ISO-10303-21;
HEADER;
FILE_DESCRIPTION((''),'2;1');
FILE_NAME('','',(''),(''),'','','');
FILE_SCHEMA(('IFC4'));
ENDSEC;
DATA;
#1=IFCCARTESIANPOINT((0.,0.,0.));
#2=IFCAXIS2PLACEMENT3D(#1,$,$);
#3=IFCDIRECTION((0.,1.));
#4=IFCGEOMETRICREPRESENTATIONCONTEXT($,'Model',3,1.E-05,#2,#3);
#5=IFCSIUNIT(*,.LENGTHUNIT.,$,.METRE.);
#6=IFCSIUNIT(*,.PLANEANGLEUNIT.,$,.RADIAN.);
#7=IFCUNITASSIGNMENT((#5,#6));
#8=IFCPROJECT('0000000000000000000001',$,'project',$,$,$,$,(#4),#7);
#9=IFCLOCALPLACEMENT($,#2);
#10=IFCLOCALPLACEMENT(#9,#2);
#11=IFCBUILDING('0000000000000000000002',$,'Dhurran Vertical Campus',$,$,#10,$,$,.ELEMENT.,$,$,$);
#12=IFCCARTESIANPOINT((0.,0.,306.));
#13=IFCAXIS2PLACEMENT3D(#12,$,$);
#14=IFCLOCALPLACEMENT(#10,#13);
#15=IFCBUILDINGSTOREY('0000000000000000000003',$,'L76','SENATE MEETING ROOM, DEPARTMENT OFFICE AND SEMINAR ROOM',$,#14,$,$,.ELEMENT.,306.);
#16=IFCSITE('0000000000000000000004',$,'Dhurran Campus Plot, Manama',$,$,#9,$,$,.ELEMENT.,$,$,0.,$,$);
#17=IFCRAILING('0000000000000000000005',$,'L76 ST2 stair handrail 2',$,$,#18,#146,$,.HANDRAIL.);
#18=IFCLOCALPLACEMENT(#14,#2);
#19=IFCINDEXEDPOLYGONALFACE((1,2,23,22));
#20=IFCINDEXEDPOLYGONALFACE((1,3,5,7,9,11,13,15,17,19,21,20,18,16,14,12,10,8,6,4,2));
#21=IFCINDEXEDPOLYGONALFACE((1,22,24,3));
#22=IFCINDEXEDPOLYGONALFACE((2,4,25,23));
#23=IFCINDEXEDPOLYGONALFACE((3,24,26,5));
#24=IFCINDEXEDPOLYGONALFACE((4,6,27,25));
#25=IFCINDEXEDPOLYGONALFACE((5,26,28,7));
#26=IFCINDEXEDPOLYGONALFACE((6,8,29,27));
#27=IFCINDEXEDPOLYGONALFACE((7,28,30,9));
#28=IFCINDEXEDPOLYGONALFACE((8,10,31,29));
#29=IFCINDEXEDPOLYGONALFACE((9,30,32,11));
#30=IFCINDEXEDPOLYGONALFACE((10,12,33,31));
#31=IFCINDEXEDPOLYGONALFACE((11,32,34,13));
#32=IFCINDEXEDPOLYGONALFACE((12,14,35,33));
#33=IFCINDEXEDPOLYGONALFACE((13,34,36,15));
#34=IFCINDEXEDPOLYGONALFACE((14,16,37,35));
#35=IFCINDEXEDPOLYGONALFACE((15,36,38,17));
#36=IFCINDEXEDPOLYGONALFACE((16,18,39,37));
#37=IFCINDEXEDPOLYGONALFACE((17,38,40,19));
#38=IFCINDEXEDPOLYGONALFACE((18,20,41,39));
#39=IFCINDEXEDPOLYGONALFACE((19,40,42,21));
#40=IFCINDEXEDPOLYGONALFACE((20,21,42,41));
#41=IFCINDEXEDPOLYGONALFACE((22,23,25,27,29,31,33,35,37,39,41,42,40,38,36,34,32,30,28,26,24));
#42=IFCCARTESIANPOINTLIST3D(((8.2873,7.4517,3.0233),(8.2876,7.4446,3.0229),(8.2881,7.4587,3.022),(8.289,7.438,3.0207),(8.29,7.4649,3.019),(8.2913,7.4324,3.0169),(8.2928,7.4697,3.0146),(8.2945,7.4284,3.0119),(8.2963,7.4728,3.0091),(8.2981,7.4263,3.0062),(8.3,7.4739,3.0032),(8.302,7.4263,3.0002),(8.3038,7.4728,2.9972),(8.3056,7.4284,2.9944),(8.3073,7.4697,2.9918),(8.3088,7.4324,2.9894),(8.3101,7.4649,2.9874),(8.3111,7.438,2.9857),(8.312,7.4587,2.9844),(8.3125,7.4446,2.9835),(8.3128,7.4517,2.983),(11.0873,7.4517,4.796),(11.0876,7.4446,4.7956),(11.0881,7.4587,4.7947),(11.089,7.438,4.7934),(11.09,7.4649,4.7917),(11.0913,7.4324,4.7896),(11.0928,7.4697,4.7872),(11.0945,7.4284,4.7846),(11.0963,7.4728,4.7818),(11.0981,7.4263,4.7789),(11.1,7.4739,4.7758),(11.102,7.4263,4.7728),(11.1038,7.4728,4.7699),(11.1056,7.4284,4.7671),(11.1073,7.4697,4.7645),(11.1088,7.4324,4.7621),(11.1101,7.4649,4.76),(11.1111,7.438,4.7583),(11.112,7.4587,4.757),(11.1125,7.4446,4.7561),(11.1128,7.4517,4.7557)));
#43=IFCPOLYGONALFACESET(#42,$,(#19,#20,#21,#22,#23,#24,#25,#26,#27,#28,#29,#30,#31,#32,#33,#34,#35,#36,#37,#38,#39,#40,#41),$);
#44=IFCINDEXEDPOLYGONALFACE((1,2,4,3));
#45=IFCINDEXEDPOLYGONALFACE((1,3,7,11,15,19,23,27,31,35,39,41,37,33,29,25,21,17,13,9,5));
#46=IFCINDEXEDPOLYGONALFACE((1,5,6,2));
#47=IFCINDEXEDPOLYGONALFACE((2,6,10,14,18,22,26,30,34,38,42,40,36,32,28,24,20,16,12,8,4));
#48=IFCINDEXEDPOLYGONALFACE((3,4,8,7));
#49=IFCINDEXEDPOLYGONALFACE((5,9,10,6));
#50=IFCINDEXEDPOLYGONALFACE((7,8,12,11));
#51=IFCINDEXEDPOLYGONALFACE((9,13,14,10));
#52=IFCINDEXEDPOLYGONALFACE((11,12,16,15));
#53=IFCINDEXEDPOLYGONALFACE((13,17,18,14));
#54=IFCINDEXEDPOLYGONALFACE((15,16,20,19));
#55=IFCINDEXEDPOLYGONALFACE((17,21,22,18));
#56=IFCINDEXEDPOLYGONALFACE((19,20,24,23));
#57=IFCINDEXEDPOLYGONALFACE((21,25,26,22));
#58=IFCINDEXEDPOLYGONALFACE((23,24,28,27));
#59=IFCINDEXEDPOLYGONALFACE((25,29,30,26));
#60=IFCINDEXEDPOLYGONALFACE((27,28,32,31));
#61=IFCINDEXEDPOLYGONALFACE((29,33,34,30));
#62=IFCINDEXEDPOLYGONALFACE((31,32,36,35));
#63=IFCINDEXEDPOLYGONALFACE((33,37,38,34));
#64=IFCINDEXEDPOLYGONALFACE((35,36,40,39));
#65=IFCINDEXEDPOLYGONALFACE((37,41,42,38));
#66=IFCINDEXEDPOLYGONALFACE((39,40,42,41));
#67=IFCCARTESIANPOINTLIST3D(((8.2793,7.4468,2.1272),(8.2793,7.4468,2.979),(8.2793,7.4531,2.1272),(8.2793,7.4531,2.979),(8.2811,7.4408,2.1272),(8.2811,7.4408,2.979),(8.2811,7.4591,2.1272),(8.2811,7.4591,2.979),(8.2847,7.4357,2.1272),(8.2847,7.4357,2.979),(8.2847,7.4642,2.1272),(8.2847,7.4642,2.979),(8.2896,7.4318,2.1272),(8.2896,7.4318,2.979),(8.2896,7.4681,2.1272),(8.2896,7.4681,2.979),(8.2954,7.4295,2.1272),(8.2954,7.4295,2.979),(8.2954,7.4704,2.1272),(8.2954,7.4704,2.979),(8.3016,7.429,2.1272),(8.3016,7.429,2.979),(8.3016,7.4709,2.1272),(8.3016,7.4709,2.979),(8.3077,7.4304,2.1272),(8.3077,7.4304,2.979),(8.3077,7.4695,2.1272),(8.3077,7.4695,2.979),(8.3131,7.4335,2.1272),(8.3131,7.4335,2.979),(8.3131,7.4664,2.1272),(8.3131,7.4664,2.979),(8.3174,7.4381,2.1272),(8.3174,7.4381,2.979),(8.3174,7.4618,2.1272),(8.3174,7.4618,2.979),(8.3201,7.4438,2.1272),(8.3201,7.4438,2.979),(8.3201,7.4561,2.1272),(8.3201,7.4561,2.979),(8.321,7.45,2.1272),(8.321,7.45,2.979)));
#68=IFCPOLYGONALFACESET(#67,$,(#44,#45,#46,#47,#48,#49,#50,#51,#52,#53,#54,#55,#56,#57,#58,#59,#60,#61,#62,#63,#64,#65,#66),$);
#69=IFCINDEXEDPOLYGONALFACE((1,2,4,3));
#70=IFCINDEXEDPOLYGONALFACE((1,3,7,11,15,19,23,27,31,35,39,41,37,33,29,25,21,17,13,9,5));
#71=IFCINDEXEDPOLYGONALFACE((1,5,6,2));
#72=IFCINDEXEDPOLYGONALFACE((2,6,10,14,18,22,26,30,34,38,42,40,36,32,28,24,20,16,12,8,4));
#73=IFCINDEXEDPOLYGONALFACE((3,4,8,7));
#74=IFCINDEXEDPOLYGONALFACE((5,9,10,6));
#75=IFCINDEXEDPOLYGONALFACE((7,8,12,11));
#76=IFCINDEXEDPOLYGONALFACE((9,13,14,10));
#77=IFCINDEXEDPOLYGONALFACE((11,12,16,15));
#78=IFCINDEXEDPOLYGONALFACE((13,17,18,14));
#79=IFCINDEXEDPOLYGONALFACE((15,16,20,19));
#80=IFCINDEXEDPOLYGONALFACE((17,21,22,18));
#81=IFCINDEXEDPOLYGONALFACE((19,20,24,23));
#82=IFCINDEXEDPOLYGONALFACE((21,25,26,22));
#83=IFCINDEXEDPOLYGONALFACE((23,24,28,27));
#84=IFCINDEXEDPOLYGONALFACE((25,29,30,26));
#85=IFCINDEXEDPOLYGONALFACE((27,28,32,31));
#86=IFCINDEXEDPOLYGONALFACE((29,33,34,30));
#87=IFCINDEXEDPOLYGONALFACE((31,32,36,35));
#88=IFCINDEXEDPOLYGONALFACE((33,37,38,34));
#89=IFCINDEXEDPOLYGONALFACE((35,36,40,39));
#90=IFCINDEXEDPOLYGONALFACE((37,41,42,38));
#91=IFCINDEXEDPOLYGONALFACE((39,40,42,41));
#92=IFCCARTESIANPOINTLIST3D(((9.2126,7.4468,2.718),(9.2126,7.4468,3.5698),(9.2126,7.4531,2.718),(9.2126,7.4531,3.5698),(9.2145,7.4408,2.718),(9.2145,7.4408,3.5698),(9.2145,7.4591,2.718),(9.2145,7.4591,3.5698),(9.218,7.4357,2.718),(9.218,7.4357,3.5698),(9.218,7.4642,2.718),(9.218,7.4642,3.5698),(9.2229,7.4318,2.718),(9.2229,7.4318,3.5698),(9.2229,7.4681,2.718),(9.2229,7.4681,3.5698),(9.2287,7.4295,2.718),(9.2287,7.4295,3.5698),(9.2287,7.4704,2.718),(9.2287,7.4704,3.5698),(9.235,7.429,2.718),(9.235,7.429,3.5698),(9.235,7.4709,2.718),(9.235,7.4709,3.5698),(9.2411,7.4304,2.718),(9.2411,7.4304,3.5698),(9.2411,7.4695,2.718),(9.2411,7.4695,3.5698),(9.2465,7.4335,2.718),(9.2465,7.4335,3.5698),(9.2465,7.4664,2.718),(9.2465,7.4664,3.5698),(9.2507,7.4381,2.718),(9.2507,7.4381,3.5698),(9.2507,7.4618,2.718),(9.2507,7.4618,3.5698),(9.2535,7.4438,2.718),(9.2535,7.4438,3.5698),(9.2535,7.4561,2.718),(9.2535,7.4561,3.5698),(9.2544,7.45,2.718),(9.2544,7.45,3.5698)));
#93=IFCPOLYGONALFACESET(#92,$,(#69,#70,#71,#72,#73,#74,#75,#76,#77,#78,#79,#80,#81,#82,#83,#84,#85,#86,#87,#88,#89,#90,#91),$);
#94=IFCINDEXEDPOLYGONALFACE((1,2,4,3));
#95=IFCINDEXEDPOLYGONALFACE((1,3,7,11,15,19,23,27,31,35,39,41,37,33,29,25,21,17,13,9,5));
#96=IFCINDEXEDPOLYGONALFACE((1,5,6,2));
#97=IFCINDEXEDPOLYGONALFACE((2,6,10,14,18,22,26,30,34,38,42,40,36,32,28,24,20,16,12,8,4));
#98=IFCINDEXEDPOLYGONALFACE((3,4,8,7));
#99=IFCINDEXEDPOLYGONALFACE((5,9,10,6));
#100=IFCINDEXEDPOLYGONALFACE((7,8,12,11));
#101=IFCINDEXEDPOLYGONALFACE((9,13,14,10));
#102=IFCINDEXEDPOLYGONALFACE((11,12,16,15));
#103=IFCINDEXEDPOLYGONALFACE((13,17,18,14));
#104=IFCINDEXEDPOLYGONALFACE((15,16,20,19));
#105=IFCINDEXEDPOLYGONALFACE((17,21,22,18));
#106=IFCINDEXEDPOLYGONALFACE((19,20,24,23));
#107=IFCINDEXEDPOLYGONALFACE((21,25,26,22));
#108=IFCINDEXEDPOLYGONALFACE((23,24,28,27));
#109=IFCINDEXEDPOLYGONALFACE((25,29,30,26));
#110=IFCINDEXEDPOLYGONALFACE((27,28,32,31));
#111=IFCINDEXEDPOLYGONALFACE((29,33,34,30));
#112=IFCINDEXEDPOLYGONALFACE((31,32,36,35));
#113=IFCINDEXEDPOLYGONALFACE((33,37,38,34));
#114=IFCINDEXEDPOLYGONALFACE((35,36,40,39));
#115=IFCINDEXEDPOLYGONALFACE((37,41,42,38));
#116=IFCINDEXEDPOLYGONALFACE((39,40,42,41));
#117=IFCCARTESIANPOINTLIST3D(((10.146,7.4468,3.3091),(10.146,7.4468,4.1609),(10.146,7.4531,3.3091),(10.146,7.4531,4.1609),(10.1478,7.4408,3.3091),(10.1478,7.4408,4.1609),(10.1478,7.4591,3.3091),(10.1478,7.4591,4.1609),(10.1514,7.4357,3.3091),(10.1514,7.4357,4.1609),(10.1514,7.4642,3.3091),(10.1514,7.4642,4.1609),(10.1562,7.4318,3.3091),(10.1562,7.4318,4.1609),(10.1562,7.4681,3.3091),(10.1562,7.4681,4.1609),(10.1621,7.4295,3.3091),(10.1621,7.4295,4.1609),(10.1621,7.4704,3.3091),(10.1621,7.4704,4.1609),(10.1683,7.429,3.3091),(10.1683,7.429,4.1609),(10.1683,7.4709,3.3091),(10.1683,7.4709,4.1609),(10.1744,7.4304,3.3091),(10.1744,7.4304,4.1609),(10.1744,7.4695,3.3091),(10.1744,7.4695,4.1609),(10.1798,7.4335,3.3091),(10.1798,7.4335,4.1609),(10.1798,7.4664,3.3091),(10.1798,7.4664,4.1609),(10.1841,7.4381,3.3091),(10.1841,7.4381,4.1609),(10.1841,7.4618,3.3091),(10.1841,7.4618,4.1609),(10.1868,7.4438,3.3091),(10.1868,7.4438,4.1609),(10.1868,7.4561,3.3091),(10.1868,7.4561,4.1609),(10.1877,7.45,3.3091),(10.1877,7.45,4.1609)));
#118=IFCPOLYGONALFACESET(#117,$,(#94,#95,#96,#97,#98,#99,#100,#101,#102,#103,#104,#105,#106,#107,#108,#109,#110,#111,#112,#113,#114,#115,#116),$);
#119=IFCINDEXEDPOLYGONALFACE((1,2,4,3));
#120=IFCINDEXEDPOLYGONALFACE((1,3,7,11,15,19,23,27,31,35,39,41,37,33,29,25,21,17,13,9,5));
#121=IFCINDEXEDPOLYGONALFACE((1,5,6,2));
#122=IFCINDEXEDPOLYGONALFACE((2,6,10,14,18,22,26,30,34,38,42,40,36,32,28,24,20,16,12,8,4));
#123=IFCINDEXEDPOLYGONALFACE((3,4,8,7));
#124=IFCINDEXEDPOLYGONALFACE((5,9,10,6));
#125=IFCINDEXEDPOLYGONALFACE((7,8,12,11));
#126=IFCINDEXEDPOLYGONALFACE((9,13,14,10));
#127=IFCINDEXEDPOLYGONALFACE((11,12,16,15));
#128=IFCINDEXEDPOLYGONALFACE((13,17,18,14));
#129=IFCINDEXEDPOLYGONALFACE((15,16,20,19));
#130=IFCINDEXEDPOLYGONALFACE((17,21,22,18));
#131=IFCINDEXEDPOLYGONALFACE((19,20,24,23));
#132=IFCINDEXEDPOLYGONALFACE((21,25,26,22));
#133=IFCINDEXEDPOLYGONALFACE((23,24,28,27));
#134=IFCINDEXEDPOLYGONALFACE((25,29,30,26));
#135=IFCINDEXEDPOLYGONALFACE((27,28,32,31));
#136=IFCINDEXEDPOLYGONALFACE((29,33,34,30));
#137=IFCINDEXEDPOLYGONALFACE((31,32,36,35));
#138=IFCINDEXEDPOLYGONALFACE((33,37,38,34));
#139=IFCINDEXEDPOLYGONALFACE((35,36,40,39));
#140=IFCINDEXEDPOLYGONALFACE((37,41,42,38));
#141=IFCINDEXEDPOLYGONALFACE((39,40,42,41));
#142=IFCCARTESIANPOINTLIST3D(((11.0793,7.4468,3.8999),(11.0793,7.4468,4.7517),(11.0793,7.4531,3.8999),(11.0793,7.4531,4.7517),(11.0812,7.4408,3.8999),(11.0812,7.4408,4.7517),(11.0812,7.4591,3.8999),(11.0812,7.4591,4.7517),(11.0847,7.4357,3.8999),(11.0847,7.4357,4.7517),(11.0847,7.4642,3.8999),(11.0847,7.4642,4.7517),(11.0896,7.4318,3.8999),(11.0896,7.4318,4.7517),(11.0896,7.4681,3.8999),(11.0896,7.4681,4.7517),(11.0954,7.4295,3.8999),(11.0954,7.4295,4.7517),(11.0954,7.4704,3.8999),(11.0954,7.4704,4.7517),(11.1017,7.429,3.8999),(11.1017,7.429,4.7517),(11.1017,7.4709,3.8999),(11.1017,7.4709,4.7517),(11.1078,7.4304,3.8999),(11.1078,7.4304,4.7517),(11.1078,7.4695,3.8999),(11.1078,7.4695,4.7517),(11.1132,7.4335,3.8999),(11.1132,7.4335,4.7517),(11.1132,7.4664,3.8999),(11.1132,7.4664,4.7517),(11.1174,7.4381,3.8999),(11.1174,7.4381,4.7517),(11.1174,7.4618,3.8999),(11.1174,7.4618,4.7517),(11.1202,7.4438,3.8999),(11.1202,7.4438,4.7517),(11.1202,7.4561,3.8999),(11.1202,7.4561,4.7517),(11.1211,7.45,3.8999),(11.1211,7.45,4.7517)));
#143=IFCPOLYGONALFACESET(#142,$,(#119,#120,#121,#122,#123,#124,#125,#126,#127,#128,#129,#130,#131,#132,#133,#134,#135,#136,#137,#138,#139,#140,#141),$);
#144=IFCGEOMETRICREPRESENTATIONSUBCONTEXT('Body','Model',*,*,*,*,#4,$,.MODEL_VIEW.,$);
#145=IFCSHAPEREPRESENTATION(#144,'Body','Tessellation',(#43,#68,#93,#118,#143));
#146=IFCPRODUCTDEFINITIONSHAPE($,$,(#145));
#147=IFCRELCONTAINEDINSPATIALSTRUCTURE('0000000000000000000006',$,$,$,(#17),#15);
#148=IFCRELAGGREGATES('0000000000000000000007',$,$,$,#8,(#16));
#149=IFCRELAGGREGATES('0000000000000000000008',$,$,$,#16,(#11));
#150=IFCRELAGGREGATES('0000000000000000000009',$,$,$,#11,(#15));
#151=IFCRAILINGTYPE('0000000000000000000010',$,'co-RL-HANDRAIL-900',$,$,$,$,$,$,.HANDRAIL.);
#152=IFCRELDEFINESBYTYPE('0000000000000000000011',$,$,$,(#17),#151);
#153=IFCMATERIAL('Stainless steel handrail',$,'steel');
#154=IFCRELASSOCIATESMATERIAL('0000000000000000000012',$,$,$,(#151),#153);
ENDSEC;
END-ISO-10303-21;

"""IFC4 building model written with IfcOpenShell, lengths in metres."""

from ifc_helpers import new_model, si_unit, direction, frame, origin, origin_2d, place, context, subcontext, project, spatial, circle, extrude, material, type_object, element, save


model = new_model("IFC4")

# Units and contexts
model_context = context("Model", 3, precision=1e-05, world=origin(), true_north=direction((0.0, 1.0)))
body_context = subcontext(model_context, "Body", "Model", "MODEL_VIEW")
ifc_project = project(units=[si_unit("LENGTHUNIT", "METRE"), si_unit("PLANEANGLEUNIT", "RADIAN")], contexts=[model_context])

# Site, building, storey
site_placement = place(None, origin())
site = spatial("IfcSite", under=ifc_project, at=site_placement, Name="Dhurran Campus Plot, Manama", CompositionType="ELEMENT", RefElevation=0.0)
building_placement = place(site_placement, origin())
building = spatial("IfcBuilding", under=site, at=building_placement, Name="Dhurran Vertical Campus", CompositionType="ELEMENT")
storey_placement = place(building_placement, frame((0.0, 0.0, 306.0)))
storey = spatial("IfcBuildingStorey", under=building, at=storey_placement, Name="L76", Description="SENATE MEETING ROOM, DEPARTMENT OFFICE AND SEMINAR ROOM", CompositionType="ELEMENT", Elevation=306.0)

# Railing
ifc_material_1 = material(Name="Stainless steel handrail", Category="steel")
railing_type_1 = type_object("IfcRailingType", Name="co-RL-HANDRAIL-900", PredefinedType="HANDRAIL", material=ifc_material_1)
railing_1_placement = place(storey_placement, frame((8.3, 7.45, 2.1272)))
element("IfcRailing", 1, at=railing_1_placement, inside=storey, type_object=railing_type_1, Name="L76 ST2 stair handrail 2", PredefinedType="HANDRAIL", context=body_context, shape_type="SweptSolid", body=[
    extrude(circle(Radius=0.0239, at=origin_2d()), frame((0.0, 0.0, 0.876), z_axis=(0.844909, 0.0, 0.53491), x_axis=(0.0, 1.0, 0.0)), (0.0, 0.0, 1.0), 3.314),
    extrude(circle(Radius=0.021, at=origin_2d()), origin(), (0.0, 0.0, 1.0), 0.8518),
    extrude(circle(Radius=0.021, at=origin_2d()), frame((0.9333, 0.0, 0.5908)), (0.0, 0.0, 1.0), 0.8518),
    extrude(circle(Radius=0.021, at=origin_2d()), frame((1.8667, 0.0, 1.1819)), (0.0, 0.0, 1.0), 0.8518),
    extrude(circle(Radius=0.021, at=origin_2d()), frame((2.8, 0.0, 1.7727)), (0.0, 0.0, 1.0), 0.8518),
])

save(model, "model.ifc")
